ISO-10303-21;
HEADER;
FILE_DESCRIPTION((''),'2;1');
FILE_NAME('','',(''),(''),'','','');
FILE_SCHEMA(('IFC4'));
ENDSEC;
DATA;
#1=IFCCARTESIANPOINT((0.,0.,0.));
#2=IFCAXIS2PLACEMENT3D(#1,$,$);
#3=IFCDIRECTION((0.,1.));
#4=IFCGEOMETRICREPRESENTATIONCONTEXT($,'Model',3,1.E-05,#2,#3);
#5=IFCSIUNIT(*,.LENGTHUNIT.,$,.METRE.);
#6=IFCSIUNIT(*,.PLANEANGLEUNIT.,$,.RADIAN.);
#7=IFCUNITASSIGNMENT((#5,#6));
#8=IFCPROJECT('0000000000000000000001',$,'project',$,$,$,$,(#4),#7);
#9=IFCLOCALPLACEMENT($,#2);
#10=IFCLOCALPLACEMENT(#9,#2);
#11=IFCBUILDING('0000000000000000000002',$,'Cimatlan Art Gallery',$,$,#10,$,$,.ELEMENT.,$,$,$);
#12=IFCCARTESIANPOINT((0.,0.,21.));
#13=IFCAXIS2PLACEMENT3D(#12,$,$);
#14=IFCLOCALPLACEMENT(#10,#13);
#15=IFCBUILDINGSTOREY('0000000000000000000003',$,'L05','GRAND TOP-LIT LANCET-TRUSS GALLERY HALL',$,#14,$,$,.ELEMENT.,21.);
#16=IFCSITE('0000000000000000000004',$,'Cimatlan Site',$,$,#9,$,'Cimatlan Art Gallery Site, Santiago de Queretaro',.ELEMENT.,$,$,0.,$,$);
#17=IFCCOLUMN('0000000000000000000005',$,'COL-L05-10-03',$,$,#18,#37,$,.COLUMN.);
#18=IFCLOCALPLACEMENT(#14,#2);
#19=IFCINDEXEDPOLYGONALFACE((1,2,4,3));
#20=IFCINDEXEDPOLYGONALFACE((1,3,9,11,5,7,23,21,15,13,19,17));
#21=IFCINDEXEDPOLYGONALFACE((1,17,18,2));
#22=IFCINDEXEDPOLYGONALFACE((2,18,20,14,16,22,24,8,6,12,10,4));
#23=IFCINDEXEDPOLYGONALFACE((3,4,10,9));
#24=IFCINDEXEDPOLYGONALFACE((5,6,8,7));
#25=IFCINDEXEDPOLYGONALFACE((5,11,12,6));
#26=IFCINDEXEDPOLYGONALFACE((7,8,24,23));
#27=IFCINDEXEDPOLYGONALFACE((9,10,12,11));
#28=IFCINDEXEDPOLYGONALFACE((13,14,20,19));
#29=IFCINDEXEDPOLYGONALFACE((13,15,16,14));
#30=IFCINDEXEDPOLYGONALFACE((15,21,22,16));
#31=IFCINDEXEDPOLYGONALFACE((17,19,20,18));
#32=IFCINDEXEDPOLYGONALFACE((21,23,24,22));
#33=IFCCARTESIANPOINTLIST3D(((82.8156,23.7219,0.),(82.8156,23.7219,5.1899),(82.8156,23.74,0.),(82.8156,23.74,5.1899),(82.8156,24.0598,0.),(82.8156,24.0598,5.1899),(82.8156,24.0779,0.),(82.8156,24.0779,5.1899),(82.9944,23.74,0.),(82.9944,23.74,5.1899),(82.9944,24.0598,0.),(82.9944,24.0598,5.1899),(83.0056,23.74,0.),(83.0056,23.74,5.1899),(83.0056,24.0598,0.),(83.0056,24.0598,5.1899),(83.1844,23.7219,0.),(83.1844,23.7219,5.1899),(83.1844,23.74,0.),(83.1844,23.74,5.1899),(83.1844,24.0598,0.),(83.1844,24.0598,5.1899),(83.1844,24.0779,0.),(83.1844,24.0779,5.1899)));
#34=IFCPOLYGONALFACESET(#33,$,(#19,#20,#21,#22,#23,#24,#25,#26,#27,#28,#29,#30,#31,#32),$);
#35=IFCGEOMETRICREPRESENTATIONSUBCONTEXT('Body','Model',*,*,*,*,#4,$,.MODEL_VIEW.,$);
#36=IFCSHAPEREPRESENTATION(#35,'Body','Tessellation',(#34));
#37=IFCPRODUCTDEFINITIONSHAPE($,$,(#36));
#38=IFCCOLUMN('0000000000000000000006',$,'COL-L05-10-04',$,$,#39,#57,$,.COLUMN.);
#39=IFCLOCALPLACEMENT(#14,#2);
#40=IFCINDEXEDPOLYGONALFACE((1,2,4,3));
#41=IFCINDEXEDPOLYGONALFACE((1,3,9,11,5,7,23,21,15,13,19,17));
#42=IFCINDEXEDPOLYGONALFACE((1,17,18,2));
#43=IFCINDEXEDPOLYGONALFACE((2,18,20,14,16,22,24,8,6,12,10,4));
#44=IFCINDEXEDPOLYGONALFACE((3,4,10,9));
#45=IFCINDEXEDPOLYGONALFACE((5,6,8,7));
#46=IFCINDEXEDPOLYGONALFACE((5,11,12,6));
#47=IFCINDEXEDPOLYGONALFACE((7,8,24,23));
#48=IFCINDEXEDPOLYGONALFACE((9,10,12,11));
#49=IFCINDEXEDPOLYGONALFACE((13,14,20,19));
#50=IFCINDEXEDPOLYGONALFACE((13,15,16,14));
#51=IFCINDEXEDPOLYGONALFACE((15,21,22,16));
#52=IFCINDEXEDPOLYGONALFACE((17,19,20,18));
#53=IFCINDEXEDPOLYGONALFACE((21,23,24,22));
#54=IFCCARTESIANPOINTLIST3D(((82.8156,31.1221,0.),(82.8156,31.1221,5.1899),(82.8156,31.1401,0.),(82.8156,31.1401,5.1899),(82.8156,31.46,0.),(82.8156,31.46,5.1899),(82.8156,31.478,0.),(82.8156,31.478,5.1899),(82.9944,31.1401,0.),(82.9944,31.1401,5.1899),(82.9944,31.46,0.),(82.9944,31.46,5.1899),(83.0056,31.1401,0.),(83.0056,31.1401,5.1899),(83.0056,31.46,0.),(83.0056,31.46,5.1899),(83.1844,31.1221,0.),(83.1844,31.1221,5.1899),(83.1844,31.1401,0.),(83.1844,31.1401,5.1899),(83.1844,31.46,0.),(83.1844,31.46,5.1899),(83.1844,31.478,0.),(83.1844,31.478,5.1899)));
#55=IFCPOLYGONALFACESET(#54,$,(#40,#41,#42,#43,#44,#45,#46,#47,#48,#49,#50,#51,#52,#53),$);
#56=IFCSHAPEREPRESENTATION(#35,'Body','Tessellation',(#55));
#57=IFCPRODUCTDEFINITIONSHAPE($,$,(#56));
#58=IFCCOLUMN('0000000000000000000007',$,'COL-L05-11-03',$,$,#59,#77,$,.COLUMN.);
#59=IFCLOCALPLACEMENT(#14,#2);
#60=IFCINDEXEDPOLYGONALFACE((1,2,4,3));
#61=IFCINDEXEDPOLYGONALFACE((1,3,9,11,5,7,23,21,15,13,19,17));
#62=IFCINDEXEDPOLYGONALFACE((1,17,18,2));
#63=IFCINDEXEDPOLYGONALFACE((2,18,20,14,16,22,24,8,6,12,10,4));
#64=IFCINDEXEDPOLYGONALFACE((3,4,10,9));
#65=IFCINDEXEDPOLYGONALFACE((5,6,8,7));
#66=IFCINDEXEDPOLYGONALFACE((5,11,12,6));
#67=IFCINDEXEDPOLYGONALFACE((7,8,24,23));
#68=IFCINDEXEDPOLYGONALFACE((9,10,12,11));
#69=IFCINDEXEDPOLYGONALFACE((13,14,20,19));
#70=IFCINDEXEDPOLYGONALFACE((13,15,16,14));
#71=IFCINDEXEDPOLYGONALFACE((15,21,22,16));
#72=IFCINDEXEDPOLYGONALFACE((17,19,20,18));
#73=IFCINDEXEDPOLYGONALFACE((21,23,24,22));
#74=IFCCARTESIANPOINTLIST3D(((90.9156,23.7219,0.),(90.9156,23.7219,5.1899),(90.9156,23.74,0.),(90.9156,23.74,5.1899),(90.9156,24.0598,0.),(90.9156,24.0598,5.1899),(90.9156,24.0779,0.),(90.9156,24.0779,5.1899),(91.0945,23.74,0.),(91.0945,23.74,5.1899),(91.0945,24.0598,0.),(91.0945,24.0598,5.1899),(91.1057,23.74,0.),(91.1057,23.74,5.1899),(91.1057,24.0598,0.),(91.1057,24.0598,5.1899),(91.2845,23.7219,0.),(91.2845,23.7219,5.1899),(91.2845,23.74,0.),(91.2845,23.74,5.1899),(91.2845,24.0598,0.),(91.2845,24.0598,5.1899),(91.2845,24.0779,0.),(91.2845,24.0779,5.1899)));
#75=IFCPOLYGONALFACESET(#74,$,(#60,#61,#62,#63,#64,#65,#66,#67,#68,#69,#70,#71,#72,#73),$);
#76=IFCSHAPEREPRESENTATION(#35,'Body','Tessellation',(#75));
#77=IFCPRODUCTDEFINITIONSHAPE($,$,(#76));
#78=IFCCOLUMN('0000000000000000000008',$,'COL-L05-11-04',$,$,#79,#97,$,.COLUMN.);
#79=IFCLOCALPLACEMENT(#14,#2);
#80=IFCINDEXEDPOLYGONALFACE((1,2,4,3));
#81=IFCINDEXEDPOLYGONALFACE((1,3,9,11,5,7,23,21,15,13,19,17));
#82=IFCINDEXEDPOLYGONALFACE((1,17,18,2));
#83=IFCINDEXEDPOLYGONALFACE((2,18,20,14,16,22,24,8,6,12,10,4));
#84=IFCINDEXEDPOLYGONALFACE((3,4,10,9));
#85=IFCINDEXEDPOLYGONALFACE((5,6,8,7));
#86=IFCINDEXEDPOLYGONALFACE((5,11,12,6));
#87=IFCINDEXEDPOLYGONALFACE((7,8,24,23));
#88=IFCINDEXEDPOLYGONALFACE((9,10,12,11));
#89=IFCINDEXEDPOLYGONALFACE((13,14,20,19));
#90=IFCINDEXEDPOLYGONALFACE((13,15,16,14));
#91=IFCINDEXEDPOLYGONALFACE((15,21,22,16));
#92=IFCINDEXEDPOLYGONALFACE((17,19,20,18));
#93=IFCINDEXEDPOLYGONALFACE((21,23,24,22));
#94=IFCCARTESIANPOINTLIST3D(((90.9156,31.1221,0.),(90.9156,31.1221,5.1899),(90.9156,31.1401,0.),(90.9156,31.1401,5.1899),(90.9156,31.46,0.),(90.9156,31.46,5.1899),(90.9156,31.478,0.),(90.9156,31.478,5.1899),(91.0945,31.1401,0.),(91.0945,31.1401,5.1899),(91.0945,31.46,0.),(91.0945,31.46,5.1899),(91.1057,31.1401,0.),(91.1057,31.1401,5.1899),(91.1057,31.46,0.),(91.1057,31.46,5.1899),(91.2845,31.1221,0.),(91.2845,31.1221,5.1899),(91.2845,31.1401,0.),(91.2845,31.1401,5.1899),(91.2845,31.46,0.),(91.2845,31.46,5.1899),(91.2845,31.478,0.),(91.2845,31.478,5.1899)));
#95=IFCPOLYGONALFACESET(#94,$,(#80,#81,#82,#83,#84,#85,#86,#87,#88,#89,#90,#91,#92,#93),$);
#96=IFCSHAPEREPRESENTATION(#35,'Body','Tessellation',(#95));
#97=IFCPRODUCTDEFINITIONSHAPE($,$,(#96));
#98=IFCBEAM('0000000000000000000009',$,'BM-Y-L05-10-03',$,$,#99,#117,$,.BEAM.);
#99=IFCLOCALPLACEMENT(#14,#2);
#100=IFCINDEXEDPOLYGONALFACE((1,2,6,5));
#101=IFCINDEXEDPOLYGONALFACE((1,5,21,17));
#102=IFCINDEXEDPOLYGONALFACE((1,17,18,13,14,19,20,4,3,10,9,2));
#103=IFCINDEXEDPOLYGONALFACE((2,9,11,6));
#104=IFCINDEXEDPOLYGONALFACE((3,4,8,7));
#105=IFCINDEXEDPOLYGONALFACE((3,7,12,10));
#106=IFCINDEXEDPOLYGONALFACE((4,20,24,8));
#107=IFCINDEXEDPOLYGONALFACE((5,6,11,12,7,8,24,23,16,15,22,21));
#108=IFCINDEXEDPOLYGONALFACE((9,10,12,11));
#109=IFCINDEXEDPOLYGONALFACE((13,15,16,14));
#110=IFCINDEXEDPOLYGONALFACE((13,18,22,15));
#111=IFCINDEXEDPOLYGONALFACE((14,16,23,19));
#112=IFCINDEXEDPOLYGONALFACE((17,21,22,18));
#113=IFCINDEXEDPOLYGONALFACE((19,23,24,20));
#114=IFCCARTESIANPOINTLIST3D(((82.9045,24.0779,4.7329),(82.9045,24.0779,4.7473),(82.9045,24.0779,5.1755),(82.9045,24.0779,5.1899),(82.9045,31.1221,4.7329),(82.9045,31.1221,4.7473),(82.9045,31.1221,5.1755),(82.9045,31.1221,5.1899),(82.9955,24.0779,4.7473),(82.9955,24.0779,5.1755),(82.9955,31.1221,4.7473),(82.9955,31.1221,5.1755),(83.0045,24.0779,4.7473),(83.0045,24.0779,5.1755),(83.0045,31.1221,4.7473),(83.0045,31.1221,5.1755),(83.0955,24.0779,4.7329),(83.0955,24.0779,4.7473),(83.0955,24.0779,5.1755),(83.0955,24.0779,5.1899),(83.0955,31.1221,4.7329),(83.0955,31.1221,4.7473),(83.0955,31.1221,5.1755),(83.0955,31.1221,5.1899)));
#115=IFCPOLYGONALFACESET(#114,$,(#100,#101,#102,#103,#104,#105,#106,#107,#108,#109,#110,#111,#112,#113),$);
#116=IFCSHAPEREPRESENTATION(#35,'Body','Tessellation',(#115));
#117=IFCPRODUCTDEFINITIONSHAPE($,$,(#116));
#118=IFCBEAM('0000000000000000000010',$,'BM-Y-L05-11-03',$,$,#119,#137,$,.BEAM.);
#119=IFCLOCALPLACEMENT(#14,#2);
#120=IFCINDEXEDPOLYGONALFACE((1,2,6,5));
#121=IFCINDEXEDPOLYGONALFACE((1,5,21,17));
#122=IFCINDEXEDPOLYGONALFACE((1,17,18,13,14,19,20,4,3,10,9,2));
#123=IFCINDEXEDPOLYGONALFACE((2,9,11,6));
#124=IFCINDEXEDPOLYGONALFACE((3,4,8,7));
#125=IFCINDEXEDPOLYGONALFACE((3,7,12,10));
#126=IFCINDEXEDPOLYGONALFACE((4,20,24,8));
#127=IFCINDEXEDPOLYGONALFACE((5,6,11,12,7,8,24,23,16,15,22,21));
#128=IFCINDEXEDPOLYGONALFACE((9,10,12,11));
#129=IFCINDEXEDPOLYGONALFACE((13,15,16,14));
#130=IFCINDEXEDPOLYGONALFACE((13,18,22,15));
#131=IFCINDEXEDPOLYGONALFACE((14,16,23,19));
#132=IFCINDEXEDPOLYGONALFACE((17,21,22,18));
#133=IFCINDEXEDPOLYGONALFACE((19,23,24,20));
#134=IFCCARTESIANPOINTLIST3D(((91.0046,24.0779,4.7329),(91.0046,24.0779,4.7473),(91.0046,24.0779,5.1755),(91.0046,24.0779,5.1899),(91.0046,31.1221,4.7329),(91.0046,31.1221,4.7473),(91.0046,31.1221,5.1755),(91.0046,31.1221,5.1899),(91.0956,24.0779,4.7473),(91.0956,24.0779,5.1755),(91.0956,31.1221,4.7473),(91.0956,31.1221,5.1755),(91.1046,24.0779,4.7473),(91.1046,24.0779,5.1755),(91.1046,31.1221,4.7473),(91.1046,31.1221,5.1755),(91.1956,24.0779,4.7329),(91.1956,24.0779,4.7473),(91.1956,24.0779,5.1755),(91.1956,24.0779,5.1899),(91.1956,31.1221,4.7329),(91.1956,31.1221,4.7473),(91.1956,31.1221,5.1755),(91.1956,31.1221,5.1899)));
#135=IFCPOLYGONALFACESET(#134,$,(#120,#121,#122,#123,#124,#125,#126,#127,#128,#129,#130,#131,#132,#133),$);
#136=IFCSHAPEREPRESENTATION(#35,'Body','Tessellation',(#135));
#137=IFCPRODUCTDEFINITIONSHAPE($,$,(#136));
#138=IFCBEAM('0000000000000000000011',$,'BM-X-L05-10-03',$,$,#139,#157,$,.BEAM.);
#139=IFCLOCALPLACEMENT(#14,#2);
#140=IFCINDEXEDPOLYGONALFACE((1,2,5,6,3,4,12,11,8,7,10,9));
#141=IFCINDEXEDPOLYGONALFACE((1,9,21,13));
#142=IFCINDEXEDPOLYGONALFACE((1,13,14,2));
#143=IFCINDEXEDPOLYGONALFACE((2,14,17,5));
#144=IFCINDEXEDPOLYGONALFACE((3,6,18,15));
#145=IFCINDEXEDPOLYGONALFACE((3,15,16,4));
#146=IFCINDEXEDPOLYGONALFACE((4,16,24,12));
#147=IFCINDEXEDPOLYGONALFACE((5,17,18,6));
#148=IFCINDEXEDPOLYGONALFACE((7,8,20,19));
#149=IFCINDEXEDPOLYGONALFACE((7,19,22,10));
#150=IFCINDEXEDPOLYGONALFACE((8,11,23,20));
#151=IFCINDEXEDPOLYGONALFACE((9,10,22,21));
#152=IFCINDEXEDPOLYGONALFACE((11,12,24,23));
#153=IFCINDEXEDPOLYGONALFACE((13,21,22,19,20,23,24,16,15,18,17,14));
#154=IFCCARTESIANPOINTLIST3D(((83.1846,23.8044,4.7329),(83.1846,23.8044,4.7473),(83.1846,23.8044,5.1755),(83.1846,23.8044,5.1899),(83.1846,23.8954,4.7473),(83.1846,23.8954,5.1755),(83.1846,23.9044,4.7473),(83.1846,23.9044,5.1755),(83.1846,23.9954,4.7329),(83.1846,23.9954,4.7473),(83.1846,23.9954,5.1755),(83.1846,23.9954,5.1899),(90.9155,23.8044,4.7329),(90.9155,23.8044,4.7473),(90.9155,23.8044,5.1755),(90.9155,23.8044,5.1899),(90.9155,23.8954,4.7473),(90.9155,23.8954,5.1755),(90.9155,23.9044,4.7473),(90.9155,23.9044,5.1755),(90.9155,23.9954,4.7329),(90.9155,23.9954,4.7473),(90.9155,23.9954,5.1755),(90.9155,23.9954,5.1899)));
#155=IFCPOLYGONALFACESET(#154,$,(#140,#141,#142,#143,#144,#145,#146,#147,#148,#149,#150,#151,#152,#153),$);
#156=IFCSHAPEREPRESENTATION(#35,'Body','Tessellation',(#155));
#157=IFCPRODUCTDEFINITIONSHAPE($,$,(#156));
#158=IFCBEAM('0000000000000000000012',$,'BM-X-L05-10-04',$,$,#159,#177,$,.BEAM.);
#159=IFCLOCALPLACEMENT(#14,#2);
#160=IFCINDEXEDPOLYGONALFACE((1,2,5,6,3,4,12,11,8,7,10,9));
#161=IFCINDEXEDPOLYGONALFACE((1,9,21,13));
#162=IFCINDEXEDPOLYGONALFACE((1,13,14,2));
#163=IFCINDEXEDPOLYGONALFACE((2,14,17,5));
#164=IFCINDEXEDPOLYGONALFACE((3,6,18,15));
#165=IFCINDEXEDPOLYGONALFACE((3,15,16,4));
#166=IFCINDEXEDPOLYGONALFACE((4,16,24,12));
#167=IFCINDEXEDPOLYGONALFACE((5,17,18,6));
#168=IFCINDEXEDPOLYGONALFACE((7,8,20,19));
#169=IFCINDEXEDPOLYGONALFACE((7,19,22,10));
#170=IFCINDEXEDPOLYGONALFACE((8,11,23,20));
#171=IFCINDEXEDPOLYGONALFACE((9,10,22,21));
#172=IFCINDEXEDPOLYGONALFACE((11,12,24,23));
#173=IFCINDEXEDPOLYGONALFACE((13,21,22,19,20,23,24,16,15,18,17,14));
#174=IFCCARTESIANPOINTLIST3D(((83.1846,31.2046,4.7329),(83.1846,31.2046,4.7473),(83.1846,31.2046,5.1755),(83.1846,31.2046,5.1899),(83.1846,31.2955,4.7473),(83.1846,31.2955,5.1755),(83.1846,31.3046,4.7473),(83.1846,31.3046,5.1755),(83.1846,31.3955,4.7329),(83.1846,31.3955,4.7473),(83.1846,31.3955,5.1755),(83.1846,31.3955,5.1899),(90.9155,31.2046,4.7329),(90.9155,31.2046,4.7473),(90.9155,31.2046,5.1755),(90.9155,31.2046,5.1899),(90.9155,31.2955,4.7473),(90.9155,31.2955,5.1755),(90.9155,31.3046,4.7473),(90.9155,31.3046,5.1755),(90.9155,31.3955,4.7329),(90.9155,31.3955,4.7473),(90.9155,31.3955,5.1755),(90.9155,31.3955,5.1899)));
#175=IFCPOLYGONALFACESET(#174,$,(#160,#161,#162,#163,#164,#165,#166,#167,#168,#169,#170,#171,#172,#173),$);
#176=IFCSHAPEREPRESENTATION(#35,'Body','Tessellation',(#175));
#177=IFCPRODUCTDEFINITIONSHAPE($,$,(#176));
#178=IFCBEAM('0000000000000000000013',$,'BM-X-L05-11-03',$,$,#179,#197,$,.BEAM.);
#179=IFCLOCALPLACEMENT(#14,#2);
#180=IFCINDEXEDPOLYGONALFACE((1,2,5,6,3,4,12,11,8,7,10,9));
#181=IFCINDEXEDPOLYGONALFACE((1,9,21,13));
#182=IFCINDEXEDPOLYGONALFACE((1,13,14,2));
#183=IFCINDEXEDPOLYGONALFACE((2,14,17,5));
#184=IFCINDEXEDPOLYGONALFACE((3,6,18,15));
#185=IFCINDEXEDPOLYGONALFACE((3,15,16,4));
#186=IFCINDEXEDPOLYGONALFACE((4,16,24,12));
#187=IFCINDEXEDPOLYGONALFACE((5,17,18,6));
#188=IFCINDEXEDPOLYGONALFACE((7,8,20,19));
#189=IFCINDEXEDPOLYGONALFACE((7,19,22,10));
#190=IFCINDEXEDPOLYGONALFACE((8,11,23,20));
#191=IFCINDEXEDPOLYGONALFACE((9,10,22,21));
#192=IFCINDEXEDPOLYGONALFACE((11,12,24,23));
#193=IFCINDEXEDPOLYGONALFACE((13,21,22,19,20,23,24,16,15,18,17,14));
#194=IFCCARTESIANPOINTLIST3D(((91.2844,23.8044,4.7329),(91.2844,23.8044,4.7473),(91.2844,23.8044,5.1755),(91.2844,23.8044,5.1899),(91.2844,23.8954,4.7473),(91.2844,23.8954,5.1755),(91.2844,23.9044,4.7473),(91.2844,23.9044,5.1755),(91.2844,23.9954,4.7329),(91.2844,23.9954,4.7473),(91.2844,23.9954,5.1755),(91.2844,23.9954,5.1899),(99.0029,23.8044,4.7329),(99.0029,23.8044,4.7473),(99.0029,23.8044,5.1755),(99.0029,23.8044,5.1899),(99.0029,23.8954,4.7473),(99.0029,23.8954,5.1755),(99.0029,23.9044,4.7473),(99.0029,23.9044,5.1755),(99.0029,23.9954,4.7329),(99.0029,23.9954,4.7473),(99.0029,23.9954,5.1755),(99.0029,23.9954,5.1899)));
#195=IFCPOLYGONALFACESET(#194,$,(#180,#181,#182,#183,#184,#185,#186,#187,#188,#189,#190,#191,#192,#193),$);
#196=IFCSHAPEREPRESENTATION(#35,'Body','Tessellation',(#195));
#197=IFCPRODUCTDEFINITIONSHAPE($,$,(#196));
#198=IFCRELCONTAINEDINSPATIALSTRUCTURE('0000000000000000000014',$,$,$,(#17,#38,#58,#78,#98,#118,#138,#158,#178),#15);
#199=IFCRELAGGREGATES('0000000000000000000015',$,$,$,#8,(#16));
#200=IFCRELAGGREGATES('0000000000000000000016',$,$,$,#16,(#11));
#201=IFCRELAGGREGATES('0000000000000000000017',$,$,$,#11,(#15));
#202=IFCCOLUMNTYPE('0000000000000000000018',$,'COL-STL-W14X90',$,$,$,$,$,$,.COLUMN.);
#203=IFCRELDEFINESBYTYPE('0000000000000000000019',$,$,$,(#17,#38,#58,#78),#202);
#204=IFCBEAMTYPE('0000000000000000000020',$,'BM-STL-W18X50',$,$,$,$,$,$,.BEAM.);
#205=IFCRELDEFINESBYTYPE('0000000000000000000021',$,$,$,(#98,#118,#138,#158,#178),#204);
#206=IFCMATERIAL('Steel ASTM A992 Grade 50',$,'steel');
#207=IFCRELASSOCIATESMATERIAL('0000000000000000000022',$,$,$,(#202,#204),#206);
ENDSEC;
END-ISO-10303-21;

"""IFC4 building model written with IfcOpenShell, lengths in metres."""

from ifc_helpers import new_model, si_unit, direction, frame, origin, origin_2d, place, context, subcontext, project, spatial, i_section, extrude, material, material_profile, profile_set, type_object, element, save


model = new_model("IFC4")

# Units and contexts
model_context = context("Model", 3, precision=1e-05, world=origin(), true_north=direction((0.0, 1.0)))
body_context = subcontext(model_context, "Body", "Model", "MODEL_VIEW")
ifc_project = project(units=[si_unit("LENGTHUNIT", "METRE"), si_unit("PLANEANGLEUNIT", "RADIAN")], contexts=[model_context])

# Site, building, storey
site_placement = place(None, origin())
site = spatial("IfcSite", under=ifc_project, at=site_placement, Name="Cimatlan Site", LongName="Cimatlan Art Gallery Site, Santiago de Queretaro", CompositionType="ELEMENT", RefElevation=0.0)
building_placement = place(site_placement, origin())
building = spatial("IfcBuilding", under=site, at=building_placement, Name="Cimatlan Art Gallery", CompositionType="ELEMENT")
storey_placement = place(building_placement, frame((0.0, 0.0, 21.0)))
storey = spatial("IfcBuildingStorey", under=building, at=storey_placement, Name="L05", Description="GRAND TOP-LIT LANCET-TRUSS GALLERY HALL", CompositionType="ELEMENT", Elevation=21.0)

# Columns
ifc_material_1 = material(Name="Steel ASTM A992 Grade 50", Category="steel")
ifc_material_profile_1 = material_profile(ifc_material_1, i_section(OverallWidth=0.3689, OverallDepth=0.356, WebThickness=0.0112, FlangeThickness=0.0181, at=origin_2d()), Name="W14X90")
ifc_profile_set_1 = profile_set([ifc_material_profile_1], Name="Steel ASTM A992 Grade 50")
column_type = type_object("IfcColumnType", Name="COL-STL-W14X90", PredefinedType="COLUMN", material=ifc_profile_set_1)
for number, where, z_axis, x_axis, name in (
    (1, (83.0, 23.8999, 0.0), (0.0, 0.0, 1.0), (1.0, 0.0, 0.0), "COL-L05-10-03"),
    (2, (83.0, 31.3, 0.0), (0.0, 0.0, 1.0), (1.0, 0.0, 0.0), "COL-L05-10-04"),
    (3, (91.1001, 23.8999, 0.0), (0.0, 0.0, 1.0), (1.0, 0.0, 0.0), "COL-L05-11-03"),
    (4, (91.1001, 31.3, 0.0), (0.0, 0.0, 1.0), (1.0, 0.0, 0.0), "COL-L05-11-04"),
):
    element("IfcColumn", number, at=place(storey_placement, frame(where, z_axis=z_axis, x_axis=x_axis)), inside=storey, type_object=column_type, Name=name, PredefinedType="COLUMN", context=body_context, shape_type="SweptSolid", body=[
        extrude(i_section(OverallWidth=0.3689, OverallDepth=0.356, WebThickness=0.0112, FlangeThickness=0.0181, at=origin_2d()), origin(), (0.0, 0.0, 1.0), 5.1899),
    ])

# Beams
ifc_material_profile_2 = material_profile(ifc_material_1, i_section(OverallWidth=0.1909, OverallDepth=0.457, WebThickness=0.009, FlangeThickness=0.0144, at=origin_2d()), Name="W18X50")
ifc_profile_set_2 = profile_set([ifc_material_profile_2], Name="Steel ASTM A992 Grade 50")
beam_type = type_object("IfcBeamType", Name="BM-STL-W18X50", PredefinedType="BEAM", material=ifc_profile_set_2)
for number, where, z_axis, x_axis, name in (
    (5, (83.0, 24.0779, 4.9614), (0.0, 1.0, 0.0), (-1.0, 0.0, 0.0), "BM-Y-L05-10-03"),
    (6, (91.1001, 24.0779, 4.9614), (0.0, 1.0, 0.0), (-1.0, 0.0, 0.0), "BM-Y-L05-11-03"),
):
    element("IfcBeam", number, at=place(storey_placement, frame(where, z_axis=z_axis, x_axis=x_axis)), inside=storey, type_object=beam_type, Name=name, PredefinedType="BEAM", context=body_context, shape_type="SweptSolid", body=[
        extrude(i_section(OverallWidth=0.1909, OverallDepth=0.457, WebThickness=0.009, FlangeThickness=0.0144, at=origin_2d()), origin(), (0.0, 0.0, 1.0), 7.0442),
    ])
for number, where, z_axis, x_axis, name in (
    (7, (83.1846, 23.8999, 4.9614), (1.0, 0.0, 0.0), (0.0, 1.0, 0.0), "BM-X-L05-10-03"),
    (8, (83.1846, 31.3, 4.9614), (1.0, 0.0, 0.0), (0.0, 1.0, 0.0), "BM-X-L05-10-04"),
):
    element("IfcBeam", number, at=place(storey_placement, frame(where, z_axis=z_axis, x_axis=x_axis)), inside=storey, type_object=beam_type, Name=name, PredefinedType="BEAM", context=body_context, shape_type="SweptSolid", body=[
        extrude(i_section(OverallWidth=0.1909, OverallDepth=0.457, WebThickness=0.009, FlangeThickness=0.0144, at=origin_2d()), origin(), (0.0, 0.0, 1.0), 7.731),
    ])
for number, where, z_axis, x_axis, name in (
    (9, (91.2844, 23.8999, 4.9614), (1.0, 0.0, 0.0), (0.0, 1.0, 0.0), "BM-X-L05-11-03"),
):
    element("IfcBeam", number, at=place(storey_placement, frame(where, z_axis=z_axis, x_axis=x_axis)), inside=storey, type_object=beam_type, Name=name, PredefinedType="BEAM", context=body_context, shape_type="SweptSolid", body=[
        extrude(i_section(OverallWidth=0.1909, OverallDepth=0.457, WebThickness=0.009, FlangeThickness=0.0144, at=origin_2d()), origin(), (0.0, 0.0, 1.0), 7.7185),
    ])

save(model, "model.ifc")
